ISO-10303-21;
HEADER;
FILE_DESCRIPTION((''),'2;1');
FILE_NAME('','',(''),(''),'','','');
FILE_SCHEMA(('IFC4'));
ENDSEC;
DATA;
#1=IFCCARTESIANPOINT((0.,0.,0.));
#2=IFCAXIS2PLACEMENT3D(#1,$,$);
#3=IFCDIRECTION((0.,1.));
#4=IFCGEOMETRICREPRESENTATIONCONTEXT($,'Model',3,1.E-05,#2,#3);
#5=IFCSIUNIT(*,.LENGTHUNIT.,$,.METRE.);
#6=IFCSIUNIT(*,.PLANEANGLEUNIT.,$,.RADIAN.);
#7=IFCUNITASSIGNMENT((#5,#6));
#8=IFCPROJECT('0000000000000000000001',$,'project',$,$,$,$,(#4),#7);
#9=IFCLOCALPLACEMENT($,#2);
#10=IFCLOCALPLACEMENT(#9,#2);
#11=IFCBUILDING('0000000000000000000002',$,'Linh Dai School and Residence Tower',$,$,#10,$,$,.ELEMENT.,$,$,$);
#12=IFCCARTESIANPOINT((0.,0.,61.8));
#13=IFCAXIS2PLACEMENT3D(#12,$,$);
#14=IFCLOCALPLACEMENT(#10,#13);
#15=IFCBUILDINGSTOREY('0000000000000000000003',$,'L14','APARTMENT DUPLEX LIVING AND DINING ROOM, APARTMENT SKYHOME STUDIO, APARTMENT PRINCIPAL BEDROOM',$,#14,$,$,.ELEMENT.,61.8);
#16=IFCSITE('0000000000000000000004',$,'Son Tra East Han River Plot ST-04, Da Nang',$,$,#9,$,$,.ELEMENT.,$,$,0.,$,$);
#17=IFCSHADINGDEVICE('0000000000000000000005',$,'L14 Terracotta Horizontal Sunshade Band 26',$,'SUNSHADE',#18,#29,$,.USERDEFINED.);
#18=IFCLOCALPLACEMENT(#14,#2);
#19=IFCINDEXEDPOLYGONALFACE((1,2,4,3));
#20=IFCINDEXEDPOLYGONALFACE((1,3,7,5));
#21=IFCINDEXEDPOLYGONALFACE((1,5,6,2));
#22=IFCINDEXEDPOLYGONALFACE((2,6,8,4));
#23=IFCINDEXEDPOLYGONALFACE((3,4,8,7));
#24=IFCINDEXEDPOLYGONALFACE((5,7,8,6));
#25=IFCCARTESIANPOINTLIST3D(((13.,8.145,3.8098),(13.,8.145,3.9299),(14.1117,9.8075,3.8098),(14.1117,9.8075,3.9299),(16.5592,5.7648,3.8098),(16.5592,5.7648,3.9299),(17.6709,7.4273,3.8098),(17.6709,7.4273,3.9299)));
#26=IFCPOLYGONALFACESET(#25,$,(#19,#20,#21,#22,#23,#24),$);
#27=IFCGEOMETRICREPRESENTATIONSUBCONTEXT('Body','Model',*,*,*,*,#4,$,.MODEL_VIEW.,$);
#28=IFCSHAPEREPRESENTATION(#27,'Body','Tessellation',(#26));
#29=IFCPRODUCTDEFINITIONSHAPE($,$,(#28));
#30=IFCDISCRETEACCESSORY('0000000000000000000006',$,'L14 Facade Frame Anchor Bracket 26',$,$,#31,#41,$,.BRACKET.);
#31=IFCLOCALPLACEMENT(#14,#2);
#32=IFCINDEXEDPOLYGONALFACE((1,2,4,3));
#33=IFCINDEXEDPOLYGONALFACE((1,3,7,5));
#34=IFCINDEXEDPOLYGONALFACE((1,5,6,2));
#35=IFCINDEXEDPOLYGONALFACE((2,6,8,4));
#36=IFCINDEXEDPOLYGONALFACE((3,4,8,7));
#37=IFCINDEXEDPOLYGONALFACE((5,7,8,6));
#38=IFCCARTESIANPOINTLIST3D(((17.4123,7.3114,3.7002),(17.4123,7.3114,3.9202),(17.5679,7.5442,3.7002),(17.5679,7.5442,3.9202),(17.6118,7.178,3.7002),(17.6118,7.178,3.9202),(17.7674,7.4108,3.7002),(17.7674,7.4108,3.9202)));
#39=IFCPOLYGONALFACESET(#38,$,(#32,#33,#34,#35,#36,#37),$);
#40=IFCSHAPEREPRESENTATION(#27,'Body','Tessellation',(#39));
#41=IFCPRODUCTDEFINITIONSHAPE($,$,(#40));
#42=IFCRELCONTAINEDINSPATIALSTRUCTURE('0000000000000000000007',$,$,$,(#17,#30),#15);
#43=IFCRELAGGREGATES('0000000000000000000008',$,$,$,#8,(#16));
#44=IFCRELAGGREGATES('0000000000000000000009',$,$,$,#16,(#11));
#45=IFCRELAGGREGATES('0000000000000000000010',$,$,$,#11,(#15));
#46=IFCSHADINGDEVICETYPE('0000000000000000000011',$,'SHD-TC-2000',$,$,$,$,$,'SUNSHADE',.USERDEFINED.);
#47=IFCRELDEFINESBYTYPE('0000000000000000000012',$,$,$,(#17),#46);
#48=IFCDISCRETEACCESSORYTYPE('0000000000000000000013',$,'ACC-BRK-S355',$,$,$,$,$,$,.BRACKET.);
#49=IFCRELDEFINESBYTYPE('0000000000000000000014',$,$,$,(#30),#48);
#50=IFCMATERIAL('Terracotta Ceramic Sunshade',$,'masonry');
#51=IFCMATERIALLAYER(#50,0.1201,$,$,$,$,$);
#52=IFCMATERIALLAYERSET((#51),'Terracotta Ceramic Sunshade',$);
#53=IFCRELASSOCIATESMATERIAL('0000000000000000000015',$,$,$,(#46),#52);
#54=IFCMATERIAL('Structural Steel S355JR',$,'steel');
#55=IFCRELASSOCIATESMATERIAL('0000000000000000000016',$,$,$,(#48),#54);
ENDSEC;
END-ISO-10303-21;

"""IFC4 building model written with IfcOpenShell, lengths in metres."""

from ifc_helpers import new_model, si_unit, direction, frame, origin, origin_2d, place, context, subcontext, project, spatial, rectangle, extrude, source, transform, mapped, material, layer, layer_set, type_object, element, save


model = new_model("IFC4")

# Units and contexts
model_context = context("Model", 3, precision=1e-05, world=origin(), true_north=direction((0.0, 1.0)))
body_context = subcontext(model_context, "Body", "Model", "MODEL_VIEW")
ifc_project = project(units=[si_unit("LENGTHUNIT", "METRE"), si_unit("PLANEANGLEUNIT", "RADIAN")], contexts=[model_context])

# Site, building, storey
site_placement = place(None, origin())
site = spatial("IfcSite", under=ifc_project, at=site_placement, Name="Son Tra East Han River Plot ST-04, Da Nang", CompositionType="ELEMENT", RefElevation=0.0)
building_placement = place(site_placement, origin())
building = spatial("IfcBuilding", under=site, at=building_placement, Name="Linh Dai School and Residence Tower", CompositionType="ELEMENT")
storey_placement = place(building_placement, frame((0.0, 0.0, 61.8)))
storey = spatial("IfcBuildingStorey", under=building, at=storey_placement, Name="L14", Description="APARTMENT DUPLEX LIVING AND DINING ROOM, APARTMENT SKYHOME STUDIO, APARTMENT PRINCIPAL BEDROOM", CompositionType="ELEMENT", Elevation=61.8)

# Shared definitions
ifc_material_1 = material(Name="Structural Steel S355JR", Category="steel")

# Shading device
ifc_material_2 = material(Name="Terracotta Ceramic Sunshade", Category="masonry")
ifc_layer_1 = layer(ifc_material_2, 0.1201)
ifc_layer_set_1 = layer_set([ifc_layer_1], Name="Terracotta Ceramic Sunshade")
shading_device_type = type_object("IfcShadingDeviceType", Name="SHD-TC-2000", ElementType="SUNSHADE", PredefinedType="USERDEFINED", material=ifc_layer_set_1)
shared_shape_1 = source(origin(), body_context, "Body", "SweptSolid", [
    extrude(rectangle(XDim=4.2817, YDim=2.0, at=origin_2d()), origin(), (0.0, 0.0, 1.0), 0.1201),
])
shading_device_placement = place(storey_placement, frame((15.3354, 7.7861, 3.8098), z_axis=(0.0, 0.0, 1.0), x_axis=(-0.831251, 0.555898, 0.0)))
element("IfcShadingDevice", 1, at=shading_device_placement, inside=storey, type_object=shading_device_type, Name="L14 Terracotta Horizontal Sunshade Band 26", ObjectType="SUNSHADE", PredefinedType="USERDEFINED", context=body_context, shape_type="MappedRepresentation", body=[
    mapped(shared_shape_1, transform((0.0, 0.0, 0.0), x_axis=(1.0, 0.0, 0.0), y_axis=(0.0, 1.0, 0.0), z_axis=(0.0, 0.0, 1.0), scale=1.0)),
])

# Discrete accessory
discrete_accessory_type = type_object("IfcDiscreteAccessoryType", Name="ACC-BRK-S355", PredefinedType="BRACKET", material=ifc_material_1)
shared_shape_2 = source(origin(), body_context, "Body", "SweptSolid", [
    extrude(rectangle(XDim=0.28, YDim=0.24, at=origin_2d()), origin(), (0.0, 0.0, 1.0), 0.22),
])
discrete_accessory_placement = place(storey_placement, frame((17.5898, 7.3611, 3.7002), z_axis=(0.0, 0.0, 1.0), x_axis=(-0.555898, -0.831251, 0.0)))
element("IfcDiscreteAccessory", 2, at=discrete_accessory_placement, inside=storey, type_object=discrete_accessory_type, Name="L14 Facade Frame Anchor Bracket 26", PredefinedType="BRACKET", context=body_context, shape_type="MappedRepresentation", body=[
    mapped(shared_shape_2, transform((0.0, 0.0, 0.0), x_axis=(1.0, 0.0, 0.0), y_axis=(0.0, 1.0, 0.0), z_axis=(0.0, 0.0, 1.0), scale=1.0)),
])

save(model, "model.ifc")
